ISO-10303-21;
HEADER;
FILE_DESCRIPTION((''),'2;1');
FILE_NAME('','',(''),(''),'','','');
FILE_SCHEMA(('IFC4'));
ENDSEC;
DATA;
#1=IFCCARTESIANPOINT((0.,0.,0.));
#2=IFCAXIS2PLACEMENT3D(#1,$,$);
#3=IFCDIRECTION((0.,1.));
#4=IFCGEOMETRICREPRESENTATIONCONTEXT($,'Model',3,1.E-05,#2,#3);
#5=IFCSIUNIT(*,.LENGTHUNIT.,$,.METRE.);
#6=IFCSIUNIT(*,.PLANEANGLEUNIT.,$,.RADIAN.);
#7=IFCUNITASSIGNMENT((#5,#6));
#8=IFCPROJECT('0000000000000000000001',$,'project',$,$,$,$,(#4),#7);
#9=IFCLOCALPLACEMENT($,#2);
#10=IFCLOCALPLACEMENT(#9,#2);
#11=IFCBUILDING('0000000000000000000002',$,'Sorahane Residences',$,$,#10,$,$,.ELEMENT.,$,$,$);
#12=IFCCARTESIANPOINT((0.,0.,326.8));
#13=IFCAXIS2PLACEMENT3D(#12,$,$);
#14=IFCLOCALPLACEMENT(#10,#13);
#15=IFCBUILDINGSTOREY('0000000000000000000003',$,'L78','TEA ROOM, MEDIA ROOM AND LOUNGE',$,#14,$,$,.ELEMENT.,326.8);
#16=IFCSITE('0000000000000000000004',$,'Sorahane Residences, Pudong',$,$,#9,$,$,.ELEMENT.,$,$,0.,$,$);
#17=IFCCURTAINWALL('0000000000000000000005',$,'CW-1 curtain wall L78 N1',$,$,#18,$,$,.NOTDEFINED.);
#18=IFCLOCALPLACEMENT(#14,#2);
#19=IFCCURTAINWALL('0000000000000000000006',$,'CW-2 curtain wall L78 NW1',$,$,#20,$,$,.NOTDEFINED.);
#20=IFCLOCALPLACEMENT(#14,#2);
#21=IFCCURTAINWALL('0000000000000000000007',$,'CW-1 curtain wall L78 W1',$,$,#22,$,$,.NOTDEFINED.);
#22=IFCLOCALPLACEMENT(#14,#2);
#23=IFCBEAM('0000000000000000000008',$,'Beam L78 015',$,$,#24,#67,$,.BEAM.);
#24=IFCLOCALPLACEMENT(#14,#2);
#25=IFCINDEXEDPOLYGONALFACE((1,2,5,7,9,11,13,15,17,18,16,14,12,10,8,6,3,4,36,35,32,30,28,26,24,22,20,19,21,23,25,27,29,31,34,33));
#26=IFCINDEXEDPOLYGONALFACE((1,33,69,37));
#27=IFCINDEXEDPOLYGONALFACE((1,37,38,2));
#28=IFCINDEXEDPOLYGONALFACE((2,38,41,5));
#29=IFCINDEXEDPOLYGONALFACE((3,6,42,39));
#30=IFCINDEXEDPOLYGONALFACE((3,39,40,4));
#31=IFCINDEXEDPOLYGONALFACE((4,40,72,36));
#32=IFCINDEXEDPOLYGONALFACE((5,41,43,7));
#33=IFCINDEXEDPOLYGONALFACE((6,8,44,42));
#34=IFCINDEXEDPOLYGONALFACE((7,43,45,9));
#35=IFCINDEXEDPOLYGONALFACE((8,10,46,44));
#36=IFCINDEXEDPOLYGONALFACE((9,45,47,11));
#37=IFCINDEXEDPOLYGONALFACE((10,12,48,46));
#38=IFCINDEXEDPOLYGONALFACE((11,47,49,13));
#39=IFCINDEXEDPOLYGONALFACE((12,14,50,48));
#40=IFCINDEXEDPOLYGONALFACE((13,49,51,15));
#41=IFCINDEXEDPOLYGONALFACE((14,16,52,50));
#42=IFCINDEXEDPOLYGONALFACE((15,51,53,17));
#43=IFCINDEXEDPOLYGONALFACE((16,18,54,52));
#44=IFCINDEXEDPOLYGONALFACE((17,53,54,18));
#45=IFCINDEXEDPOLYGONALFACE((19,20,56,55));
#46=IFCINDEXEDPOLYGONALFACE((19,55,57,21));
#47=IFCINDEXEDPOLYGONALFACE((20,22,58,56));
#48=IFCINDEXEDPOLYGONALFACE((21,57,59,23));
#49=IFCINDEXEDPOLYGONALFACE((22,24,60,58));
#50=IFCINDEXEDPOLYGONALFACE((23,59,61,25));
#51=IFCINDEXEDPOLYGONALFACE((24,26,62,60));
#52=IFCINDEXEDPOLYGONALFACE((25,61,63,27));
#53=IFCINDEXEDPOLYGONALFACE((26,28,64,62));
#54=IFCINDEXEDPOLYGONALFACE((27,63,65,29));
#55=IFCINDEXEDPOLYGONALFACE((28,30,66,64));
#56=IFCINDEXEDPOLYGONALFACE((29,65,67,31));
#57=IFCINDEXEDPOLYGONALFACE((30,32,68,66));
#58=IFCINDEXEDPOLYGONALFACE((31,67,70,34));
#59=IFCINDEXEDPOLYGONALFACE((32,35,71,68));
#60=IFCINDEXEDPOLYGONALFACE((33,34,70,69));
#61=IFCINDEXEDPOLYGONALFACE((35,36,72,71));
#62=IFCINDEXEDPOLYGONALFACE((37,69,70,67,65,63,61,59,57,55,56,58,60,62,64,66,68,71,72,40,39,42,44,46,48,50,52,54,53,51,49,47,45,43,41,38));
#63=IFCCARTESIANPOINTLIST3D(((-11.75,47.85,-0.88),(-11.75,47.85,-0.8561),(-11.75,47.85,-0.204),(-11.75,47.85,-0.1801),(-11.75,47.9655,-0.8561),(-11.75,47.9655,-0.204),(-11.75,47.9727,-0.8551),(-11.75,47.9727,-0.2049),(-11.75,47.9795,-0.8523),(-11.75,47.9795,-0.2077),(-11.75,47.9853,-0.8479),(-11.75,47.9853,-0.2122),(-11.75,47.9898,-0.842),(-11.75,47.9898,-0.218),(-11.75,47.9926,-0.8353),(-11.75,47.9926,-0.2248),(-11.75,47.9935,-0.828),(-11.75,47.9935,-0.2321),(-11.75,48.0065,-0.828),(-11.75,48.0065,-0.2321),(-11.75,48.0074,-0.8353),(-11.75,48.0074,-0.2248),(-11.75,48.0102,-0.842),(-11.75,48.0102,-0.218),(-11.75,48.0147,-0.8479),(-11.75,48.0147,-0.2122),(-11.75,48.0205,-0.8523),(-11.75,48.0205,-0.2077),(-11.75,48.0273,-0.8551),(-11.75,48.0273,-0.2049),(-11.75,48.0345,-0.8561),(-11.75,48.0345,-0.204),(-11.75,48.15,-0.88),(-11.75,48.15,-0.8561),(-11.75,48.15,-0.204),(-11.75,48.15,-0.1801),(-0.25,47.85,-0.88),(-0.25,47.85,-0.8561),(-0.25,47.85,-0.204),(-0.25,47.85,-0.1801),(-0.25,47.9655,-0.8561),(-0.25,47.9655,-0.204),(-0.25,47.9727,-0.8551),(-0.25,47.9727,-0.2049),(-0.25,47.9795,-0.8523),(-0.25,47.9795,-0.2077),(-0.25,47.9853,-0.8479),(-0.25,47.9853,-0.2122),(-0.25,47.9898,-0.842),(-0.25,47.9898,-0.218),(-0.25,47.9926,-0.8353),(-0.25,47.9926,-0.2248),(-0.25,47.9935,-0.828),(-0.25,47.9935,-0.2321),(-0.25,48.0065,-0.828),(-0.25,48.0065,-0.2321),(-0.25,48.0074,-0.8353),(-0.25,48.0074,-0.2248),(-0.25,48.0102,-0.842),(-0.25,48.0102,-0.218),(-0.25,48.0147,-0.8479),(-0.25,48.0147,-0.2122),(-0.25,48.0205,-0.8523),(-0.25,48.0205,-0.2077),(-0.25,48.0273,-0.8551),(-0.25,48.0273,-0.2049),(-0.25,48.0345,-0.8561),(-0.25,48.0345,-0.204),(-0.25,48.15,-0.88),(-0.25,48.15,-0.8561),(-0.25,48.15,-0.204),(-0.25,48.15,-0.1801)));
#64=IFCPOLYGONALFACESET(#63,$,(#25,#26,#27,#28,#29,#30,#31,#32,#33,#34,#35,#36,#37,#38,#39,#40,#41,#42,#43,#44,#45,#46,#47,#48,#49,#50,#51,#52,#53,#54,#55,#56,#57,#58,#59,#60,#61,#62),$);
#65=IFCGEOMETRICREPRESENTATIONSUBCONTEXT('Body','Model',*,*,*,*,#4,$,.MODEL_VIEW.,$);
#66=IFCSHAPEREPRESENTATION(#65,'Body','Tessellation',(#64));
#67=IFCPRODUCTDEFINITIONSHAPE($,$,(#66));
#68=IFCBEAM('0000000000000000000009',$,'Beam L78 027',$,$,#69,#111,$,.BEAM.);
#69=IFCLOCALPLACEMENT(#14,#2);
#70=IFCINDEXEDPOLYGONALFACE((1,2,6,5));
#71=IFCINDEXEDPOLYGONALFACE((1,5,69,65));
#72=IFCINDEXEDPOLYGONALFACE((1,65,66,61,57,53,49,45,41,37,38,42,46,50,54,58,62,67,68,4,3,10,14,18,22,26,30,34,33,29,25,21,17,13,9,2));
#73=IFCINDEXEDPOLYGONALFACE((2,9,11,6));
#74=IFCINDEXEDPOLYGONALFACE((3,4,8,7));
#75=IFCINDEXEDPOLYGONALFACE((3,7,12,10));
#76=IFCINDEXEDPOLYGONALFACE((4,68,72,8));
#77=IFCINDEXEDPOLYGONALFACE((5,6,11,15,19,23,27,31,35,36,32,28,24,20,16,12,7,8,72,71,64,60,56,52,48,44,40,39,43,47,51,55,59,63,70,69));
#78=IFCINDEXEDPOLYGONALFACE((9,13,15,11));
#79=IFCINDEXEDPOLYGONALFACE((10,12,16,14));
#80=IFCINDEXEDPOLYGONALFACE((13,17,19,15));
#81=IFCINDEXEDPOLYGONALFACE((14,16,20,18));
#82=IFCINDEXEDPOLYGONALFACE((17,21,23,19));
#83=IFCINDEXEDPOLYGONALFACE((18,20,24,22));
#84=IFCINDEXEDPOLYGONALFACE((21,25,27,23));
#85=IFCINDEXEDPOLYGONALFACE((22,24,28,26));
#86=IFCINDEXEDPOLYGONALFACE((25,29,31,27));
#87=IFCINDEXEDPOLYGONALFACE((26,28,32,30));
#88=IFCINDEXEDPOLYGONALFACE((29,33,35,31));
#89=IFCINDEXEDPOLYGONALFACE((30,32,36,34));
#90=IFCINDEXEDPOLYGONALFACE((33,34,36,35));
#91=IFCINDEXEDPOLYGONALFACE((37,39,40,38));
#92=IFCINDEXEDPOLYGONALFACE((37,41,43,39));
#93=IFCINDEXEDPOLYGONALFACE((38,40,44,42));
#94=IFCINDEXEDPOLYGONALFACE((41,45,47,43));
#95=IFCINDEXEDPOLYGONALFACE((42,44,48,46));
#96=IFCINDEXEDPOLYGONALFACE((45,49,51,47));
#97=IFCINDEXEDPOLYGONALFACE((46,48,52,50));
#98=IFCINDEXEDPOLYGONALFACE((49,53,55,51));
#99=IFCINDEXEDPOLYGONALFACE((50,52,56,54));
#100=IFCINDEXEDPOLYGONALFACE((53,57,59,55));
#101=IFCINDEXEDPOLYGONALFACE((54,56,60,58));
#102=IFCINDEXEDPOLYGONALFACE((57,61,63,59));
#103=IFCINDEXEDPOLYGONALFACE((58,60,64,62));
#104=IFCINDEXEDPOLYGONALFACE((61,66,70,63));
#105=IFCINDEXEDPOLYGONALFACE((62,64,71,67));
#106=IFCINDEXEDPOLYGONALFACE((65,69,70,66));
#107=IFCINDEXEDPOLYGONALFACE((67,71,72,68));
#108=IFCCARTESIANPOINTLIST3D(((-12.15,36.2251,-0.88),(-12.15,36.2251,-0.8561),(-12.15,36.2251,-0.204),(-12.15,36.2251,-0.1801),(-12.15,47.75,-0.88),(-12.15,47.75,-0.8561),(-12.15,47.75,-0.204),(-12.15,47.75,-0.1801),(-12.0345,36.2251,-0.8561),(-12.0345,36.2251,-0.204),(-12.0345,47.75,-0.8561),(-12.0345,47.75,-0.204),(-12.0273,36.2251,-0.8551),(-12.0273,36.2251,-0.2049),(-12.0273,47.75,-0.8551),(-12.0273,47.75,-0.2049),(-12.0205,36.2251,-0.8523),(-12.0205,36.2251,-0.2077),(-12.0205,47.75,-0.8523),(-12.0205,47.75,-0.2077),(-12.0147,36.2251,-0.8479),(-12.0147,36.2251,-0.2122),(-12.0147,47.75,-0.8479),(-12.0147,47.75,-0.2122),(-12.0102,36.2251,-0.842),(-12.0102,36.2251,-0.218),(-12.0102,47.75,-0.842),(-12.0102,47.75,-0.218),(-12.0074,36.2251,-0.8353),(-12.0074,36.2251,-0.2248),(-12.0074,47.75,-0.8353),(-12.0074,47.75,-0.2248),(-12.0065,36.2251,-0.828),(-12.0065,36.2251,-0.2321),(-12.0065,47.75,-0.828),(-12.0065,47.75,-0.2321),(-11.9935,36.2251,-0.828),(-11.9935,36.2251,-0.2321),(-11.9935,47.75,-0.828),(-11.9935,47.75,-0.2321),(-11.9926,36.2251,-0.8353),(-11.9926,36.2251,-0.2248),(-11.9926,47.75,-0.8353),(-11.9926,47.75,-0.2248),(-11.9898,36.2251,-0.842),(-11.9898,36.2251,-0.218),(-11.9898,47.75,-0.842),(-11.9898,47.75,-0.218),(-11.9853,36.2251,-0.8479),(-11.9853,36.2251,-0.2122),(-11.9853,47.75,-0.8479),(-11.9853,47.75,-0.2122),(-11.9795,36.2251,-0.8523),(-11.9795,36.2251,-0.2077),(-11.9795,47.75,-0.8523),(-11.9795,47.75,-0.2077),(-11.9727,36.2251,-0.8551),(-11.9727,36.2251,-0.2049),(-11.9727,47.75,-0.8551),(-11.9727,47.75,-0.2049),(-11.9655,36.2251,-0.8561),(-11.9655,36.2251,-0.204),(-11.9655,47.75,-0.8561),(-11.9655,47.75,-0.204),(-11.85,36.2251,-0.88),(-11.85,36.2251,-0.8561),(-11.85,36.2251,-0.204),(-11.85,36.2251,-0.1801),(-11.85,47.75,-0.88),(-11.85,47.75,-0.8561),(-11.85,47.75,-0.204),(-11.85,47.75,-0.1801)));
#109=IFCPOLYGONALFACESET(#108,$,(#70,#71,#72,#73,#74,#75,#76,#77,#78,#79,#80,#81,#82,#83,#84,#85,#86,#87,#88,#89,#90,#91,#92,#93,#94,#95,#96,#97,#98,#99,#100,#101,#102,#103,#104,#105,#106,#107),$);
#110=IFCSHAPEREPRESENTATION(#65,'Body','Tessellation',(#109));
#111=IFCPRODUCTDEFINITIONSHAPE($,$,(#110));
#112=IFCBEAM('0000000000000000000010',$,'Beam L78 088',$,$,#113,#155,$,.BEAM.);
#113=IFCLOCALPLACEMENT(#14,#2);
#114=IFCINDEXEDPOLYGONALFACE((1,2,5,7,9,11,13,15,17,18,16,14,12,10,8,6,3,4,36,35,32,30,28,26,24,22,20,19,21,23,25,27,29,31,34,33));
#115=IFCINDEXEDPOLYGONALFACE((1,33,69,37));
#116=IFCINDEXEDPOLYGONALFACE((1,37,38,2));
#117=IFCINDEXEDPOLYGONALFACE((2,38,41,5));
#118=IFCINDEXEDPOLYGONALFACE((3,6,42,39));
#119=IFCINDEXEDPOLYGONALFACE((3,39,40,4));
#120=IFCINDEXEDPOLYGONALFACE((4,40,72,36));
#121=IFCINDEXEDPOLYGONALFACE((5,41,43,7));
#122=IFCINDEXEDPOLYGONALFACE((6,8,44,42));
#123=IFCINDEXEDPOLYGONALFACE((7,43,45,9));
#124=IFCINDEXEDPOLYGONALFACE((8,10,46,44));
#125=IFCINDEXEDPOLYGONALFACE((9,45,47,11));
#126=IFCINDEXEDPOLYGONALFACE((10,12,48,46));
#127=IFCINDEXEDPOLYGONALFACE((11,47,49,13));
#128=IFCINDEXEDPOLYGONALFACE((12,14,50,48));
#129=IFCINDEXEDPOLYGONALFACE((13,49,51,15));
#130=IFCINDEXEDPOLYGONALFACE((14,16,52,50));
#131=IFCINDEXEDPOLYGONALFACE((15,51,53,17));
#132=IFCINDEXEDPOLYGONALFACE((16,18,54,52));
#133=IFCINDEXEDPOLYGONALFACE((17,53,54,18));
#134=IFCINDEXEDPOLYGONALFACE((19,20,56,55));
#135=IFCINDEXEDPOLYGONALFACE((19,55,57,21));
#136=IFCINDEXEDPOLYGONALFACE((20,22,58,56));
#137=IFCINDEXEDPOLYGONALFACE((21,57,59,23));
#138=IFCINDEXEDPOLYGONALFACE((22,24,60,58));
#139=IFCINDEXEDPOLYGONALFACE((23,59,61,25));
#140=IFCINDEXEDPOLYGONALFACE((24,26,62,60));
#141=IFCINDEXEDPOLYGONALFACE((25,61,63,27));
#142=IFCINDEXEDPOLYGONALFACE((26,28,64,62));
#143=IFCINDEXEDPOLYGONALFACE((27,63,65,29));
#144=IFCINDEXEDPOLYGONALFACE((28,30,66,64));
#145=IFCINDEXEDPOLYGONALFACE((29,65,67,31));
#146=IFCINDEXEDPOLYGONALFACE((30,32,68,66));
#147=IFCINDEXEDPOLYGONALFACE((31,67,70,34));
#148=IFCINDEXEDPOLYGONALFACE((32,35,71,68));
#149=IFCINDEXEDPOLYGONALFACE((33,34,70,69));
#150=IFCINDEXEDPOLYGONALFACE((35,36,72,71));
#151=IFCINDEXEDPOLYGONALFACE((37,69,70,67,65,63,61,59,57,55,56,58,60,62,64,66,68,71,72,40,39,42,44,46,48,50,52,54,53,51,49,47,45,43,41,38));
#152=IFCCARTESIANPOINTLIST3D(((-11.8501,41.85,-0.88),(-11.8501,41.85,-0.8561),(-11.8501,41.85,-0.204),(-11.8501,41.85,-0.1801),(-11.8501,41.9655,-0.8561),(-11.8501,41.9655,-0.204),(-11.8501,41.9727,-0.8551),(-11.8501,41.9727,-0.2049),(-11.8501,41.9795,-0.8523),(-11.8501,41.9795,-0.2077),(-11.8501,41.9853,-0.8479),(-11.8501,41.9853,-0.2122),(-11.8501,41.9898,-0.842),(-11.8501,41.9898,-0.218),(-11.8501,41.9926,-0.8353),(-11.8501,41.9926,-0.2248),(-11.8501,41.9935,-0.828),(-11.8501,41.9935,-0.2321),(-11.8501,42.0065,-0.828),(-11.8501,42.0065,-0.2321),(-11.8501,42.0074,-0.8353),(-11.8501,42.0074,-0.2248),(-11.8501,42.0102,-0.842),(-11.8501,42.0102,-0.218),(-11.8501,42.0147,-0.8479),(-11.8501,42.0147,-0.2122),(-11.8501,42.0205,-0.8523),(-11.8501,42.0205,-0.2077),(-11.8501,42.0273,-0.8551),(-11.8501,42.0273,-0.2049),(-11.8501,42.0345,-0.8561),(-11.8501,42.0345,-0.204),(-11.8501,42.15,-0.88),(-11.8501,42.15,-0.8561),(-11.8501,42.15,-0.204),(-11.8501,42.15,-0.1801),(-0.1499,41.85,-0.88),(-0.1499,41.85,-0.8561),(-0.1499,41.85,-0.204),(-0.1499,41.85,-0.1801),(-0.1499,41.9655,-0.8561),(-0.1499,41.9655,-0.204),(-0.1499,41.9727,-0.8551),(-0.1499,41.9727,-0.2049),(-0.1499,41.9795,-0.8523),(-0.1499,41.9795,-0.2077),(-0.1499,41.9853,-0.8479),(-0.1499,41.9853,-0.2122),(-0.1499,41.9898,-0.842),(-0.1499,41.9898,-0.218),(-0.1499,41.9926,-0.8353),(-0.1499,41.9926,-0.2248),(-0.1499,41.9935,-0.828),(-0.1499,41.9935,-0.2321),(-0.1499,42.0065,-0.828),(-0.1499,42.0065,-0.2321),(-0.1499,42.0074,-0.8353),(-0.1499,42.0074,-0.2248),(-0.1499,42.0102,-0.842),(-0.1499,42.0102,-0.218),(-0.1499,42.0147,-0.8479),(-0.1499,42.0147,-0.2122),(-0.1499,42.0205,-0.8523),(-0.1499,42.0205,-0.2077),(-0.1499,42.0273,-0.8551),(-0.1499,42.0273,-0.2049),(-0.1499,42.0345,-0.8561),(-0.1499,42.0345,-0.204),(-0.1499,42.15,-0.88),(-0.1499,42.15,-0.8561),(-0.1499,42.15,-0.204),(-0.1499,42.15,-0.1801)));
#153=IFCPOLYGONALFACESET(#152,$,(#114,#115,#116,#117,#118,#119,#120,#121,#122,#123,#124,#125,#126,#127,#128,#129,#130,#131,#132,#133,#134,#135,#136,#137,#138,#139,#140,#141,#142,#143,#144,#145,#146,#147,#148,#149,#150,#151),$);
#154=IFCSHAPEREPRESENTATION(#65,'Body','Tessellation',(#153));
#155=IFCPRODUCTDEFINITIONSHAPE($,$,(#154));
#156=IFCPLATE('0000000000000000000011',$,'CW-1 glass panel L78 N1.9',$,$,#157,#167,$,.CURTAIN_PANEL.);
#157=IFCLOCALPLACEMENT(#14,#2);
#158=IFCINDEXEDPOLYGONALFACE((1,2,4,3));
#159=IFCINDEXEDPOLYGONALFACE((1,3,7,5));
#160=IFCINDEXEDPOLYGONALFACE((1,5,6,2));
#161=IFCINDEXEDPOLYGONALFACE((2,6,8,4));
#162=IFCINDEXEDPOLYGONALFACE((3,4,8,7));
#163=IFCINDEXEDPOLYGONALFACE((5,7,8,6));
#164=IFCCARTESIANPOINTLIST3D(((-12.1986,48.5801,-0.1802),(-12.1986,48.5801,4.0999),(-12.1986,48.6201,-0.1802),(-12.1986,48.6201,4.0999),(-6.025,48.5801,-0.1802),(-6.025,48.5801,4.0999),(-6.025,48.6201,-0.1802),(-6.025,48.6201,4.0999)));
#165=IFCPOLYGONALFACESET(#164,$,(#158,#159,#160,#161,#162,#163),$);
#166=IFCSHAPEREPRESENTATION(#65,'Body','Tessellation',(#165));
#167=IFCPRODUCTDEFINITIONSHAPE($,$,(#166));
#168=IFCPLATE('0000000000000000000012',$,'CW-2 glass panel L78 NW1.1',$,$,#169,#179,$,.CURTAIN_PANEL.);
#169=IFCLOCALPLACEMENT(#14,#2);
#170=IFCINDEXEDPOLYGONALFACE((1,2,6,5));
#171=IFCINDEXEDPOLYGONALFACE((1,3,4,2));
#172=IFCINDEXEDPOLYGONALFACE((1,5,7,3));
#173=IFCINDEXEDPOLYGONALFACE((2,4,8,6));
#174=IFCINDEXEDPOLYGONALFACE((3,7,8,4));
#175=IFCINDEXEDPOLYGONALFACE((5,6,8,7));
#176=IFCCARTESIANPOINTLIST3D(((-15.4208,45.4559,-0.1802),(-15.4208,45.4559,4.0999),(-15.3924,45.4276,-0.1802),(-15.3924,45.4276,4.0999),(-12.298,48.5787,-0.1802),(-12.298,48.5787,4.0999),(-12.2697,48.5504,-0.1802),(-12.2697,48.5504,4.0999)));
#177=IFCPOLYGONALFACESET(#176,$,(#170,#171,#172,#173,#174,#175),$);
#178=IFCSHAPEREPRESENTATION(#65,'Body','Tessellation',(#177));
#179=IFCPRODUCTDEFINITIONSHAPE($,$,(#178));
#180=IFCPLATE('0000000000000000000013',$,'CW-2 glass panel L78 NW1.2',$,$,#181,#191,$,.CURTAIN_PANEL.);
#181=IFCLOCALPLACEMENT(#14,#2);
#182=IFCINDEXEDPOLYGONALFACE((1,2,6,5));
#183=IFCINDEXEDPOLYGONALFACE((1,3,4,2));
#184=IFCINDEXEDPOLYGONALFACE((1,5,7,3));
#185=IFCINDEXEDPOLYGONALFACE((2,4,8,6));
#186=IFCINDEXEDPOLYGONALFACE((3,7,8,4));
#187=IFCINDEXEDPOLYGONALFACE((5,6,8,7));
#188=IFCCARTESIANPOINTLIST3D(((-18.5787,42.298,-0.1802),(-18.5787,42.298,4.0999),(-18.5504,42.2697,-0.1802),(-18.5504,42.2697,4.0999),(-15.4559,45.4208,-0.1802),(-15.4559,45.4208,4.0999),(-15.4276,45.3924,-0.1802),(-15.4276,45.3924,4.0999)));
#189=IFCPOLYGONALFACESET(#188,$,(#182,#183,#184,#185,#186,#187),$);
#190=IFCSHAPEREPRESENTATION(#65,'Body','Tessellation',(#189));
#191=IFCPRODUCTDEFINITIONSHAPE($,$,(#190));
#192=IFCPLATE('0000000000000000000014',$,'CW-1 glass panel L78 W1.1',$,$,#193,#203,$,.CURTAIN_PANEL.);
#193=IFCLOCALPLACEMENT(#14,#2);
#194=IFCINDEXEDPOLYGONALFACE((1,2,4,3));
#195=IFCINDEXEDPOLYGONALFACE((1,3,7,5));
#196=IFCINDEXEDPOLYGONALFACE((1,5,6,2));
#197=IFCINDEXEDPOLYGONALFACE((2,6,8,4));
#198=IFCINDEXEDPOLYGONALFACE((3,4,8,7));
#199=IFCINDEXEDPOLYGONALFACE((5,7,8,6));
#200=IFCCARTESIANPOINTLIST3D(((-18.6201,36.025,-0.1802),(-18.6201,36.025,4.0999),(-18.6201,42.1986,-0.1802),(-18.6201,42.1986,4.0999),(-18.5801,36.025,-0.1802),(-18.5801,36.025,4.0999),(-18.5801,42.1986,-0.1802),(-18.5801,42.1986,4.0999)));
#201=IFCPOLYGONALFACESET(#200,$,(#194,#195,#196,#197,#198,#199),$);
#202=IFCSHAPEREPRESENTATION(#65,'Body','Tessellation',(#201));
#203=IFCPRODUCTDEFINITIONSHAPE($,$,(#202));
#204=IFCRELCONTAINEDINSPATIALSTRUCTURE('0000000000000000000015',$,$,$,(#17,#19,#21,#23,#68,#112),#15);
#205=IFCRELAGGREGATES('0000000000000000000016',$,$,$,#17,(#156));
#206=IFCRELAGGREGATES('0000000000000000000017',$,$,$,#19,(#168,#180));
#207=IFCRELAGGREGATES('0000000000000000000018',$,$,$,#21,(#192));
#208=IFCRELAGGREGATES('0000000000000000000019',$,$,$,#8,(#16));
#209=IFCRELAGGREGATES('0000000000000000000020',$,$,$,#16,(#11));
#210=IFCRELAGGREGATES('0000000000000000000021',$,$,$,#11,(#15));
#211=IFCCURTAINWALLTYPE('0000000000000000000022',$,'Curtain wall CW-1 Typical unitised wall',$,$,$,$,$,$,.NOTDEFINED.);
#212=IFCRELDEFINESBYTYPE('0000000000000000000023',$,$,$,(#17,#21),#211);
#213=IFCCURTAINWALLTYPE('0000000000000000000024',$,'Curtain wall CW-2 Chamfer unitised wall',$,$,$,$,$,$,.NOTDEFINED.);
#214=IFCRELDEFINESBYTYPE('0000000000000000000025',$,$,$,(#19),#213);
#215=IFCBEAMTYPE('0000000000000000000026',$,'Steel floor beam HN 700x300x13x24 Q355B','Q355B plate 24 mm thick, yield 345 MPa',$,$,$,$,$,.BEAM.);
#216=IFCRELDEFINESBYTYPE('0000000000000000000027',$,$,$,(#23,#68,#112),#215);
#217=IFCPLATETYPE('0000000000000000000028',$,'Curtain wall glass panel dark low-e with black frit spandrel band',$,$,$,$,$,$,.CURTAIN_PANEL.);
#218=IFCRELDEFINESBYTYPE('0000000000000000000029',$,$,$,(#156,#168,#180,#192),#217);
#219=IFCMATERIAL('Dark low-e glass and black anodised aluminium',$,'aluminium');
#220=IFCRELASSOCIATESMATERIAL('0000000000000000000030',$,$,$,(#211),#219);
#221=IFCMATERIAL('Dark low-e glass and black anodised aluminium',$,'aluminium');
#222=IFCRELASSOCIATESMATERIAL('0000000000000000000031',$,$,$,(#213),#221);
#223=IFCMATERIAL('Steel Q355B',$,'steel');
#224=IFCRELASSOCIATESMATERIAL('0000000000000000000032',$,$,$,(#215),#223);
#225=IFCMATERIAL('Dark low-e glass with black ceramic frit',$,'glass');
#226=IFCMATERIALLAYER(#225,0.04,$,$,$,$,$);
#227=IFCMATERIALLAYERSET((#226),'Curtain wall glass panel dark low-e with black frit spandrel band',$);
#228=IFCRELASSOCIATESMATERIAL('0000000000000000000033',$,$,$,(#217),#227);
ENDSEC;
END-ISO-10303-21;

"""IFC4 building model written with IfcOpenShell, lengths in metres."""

from ifc_helpers import new_model, si_unit, direction, frame, origin, origin_2d, place, context, subcontext, project, spatial, rectangle, i_section, extrude, material, layer, layer_set, material_profile, profile_set, type_object, element, aggregate, save


model = new_model("IFC4")

# Units and contexts
model_context = context("Model", 3, precision=1e-05, world=origin(), true_north=direction((0.0, 1.0)))
body_context = subcontext(model_context, "Body", "Model", "MODEL_VIEW")
ifc_project = project(units=[si_unit("LENGTHUNIT", "METRE"), si_unit("PLANEANGLEUNIT", "RADIAN")], contexts=[model_context])

# Site, building, storey
site_placement = place(None, origin())
site = spatial("IfcSite", under=ifc_project, at=site_placement, Name="Sorahane Residences, Pudong", CompositionType="ELEMENT", RefElevation=0.0)
building_placement = place(site_placement, origin())
building = spatial("IfcBuilding", under=site, at=building_placement, Name="Sorahane Residences", CompositionType="ELEMENT")
storey_placement = place(building_placement, frame((0.0, 0.0, 326.8)))
storey = spatial("IfcBuildingStorey", under=building, at=storey_placement, Name="L78", Description="TEA ROOM, MEDIA ROOM AND LOUNGE", CompositionType="ELEMENT", Elevation=326.8)

# Curtain walls
ifc_material_1 = material(Name="Dark low-e glass and black anodised aluminium", Category="aluminium")
curtain_wall_type_1 = type_object("IfcCurtainWallType", Name="Curtain wall CW-1 Typical unitised wall", PredefinedType="NOTDEFINED", material=ifc_material_1)
curtain_wall_1_placement = place(storey_placement, origin())
curtain_wall_1 = element("IfcCurtainWall", 1, at=curtain_wall_1_placement, inside=storey, type_object=curtain_wall_type_1, Name="CW-1 curtain wall L78 N1", PredefinedType="NOTDEFINED")
ifc_material_2 = material(Name="Dark low-e glass and black anodised aluminium", Category="aluminium")
curtain_wall_type_2 = type_object("IfcCurtainWallType", Name="Curtain wall CW-2 Chamfer unitised wall", PredefinedType="NOTDEFINED", material=ifc_material_2)
curtain_wall_2_placement = place(storey_placement, origin())
curtain_wall_2 = element("IfcCurtainWall", 2, at=curtain_wall_2_placement, inside=storey, type_object=curtain_wall_type_2, Name="CW-2 curtain wall L78 NW1", PredefinedType="NOTDEFINED")

# Curtain wall
curtain_wall_3_placement = place(storey_placement, origin())
curtain_wall_3 = element("IfcCurtainWall", 3, at=curtain_wall_3_placement, inside=storey, type_object=curtain_wall_type_1, Name="CW-1 curtain wall L78 W1", PredefinedType="NOTDEFINED")

# Beams
ifc_material_3 = material(Name="Steel Q355B", Category="steel")
ifc_material_profile_1 = material_profile(ifc_material_3, i_section(OverallWidth=0.3, OverallDepth=0.7, WebThickness=0.0129, FlangeThickness=0.0239, FilletRadius=0.0281, at=origin_2d()), Name="HN 700x300x13x24")
ifc_profile_set_1 = profile_set([ifc_material_profile_1], Name="Steel Q355B")
beam_type_1 = type_object("IfcBeamType", Name="Steel floor beam HN 700x300x13x24 Q355B", Description="Q355B plate 24 mm thick, yield 345 MPa", PredefinedType="BEAM", material=ifc_profile_set_1)
beam_1_placement = place(storey_placement, frame((-11.75, 48.0, -0.53), z_axis=(1.0, 0.0, 0.0), x_axis=(0.0, 1.0, 0.0)))
element("IfcBeam", 4, at=beam_1_placement, inside=storey, type_object=beam_type_1, Name="Beam L78 015", PredefinedType="BEAM", context=body_context, shape_type="SweptSolid", body=[
    extrude(i_section(OverallWidth=0.3, OverallDepth=0.7, WebThickness=0.0129, FlangeThickness=0.0239, FilletRadius=0.0281, at=origin_2d()), origin(), (0.0, 0.0, 1.0), 11.5),
])
beam_2_placement = place(storey_placement, frame((-12.0, 36.2251, -0.53), z_axis=(0.0, 1.0, 0.0), x_axis=(-1.0, 0.0, 0.0)))
element("IfcBeam", 5, at=beam_2_placement, inside=storey, type_object=beam_type_1, Name="Beam L78 027", PredefinedType="BEAM", context=body_context, shape_type="SweptSolid", body=[
    extrude(i_section(OverallWidth=0.3, OverallDepth=0.7, WebThickness=0.0129, FlangeThickness=0.0239, FilletRadius=0.0281, at=origin_2d()), origin(), (0.0, 0.0, 1.0), 11.5249),
])
beam_3_placement = place(storey_placement, frame((-11.8501, 42.0, -0.53), z_axis=(1.0, 0.0, 0.0), x_axis=(0.0, 1.0, 0.0)))
element("IfcBeam", 6, at=beam_3_placement, inside=storey, type_object=beam_type_1, Name="Beam L78 088", PredefinedType="BEAM", context=body_context, shape_type="SweptSolid", body=[
    extrude(i_section(OverallWidth=0.3, OverallDepth=0.7, WebThickness=0.0129, FlangeThickness=0.0239, FilletRadius=0.0281, at=origin_2d()), origin(), (0.0, 0.0, 1.0), 11.7002),
])

# Plates
ifc_material_4 = material(Name="Dark low-e glass with black ceramic frit", Category="glass")
ifc_layer_1 = layer(ifc_material_4, 0.04)
ifc_layer_set_1 = layer_set([ifc_layer_1], Name="Curtain wall glass panel dark low-e with black frit spandrel band")
plate_type = type_object("IfcPlateType", Name="Curtain wall glass panel dark low-e with black frit spandrel band", PredefinedType="CURTAIN_PANEL", material=ifc_layer_set_1)
plate_1_placement = place(storey_placement, frame((-9.1118, 48.6001, -0.1802), z_axis=(0.0, 0.0, 1.0), x_axis=(-1.0, 0.0, 0.0)))
plate_1 = element("IfcPlate", 7, at=plate_1_placement, type_object=plate_type, Name="CW-1 glass panel L78 N1.9", PredefinedType="CURTAIN_PANEL", context=body_context, shape_type="SweptSolid", body=[
    extrude(rectangle(XDim=6.1736, YDim=0.04, at=origin_2d()), origin(), (0.0, 0.0, 1.0), 4.28),
])
aggregate(curtain_wall_1, [plate_1])
plate_2_placement = place(storey_placement, frame((-13.8452, 47.0032, -0.1802), z_axis=(0.0, 0.0, 1.0), x_axis=(-0.707107, -0.707107, 0.0)))
plate_2 = element("IfcPlate", 8, at=plate_2_placement, type_object=plate_type, Name="CW-2 glass panel L78 NW1.1", PredefinedType="CURTAIN_PANEL", context=body_context, shape_type="SweptSolid", body=[
    extrude(rectangle(XDim=4.4163, YDim=0.04, at=origin_2d()), origin(), (0.0, 0.0, 1.0), 4.28),
])
plate_3_placement = place(storey_placement, frame((-17.0032, 43.8452, -0.1802), z_axis=(0.0, 0.0, 1.0), x_axis=(-0.707107, -0.707107, 0.0)))
plate_3 = element("IfcPlate", 9, at=plate_3_placement, type_object=plate_type, Name="CW-2 glass panel L78 NW1.2", PredefinedType="CURTAIN_PANEL", context=body_context, shape_type="SweptSolid", body=[
    extrude(rectangle(XDim=4.4163, YDim=0.04, at=origin_2d()), origin(), (0.0, 0.0, 1.0), 4.28),
])
aggregate(curtain_wall_2, [plate_2, plate_3])
plate_4_placement = place(storey_placement, frame((-18.6001, 39.1118, -0.1802), z_axis=(0.0, 0.0, 1.0), x_axis=(0.0, -1.0, 0.0)))
plate_4 = element("IfcPlate", 10, at=plate_4_placement, type_object=plate_type, Name="CW-1 glass panel L78 W1.1", PredefinedType="CURTAIN_PANEL", context=body_context, shape_type="SweptSolid", body=[
    extrude(rectangle(XDim=6.1736, YDim=0.04, at=origin_2d()), origin(), (0.0, 0.0, 1.0), 4.28),
])
aggregate(curtain_wall_3, [plate_4])

save(model, "model.ifc")
